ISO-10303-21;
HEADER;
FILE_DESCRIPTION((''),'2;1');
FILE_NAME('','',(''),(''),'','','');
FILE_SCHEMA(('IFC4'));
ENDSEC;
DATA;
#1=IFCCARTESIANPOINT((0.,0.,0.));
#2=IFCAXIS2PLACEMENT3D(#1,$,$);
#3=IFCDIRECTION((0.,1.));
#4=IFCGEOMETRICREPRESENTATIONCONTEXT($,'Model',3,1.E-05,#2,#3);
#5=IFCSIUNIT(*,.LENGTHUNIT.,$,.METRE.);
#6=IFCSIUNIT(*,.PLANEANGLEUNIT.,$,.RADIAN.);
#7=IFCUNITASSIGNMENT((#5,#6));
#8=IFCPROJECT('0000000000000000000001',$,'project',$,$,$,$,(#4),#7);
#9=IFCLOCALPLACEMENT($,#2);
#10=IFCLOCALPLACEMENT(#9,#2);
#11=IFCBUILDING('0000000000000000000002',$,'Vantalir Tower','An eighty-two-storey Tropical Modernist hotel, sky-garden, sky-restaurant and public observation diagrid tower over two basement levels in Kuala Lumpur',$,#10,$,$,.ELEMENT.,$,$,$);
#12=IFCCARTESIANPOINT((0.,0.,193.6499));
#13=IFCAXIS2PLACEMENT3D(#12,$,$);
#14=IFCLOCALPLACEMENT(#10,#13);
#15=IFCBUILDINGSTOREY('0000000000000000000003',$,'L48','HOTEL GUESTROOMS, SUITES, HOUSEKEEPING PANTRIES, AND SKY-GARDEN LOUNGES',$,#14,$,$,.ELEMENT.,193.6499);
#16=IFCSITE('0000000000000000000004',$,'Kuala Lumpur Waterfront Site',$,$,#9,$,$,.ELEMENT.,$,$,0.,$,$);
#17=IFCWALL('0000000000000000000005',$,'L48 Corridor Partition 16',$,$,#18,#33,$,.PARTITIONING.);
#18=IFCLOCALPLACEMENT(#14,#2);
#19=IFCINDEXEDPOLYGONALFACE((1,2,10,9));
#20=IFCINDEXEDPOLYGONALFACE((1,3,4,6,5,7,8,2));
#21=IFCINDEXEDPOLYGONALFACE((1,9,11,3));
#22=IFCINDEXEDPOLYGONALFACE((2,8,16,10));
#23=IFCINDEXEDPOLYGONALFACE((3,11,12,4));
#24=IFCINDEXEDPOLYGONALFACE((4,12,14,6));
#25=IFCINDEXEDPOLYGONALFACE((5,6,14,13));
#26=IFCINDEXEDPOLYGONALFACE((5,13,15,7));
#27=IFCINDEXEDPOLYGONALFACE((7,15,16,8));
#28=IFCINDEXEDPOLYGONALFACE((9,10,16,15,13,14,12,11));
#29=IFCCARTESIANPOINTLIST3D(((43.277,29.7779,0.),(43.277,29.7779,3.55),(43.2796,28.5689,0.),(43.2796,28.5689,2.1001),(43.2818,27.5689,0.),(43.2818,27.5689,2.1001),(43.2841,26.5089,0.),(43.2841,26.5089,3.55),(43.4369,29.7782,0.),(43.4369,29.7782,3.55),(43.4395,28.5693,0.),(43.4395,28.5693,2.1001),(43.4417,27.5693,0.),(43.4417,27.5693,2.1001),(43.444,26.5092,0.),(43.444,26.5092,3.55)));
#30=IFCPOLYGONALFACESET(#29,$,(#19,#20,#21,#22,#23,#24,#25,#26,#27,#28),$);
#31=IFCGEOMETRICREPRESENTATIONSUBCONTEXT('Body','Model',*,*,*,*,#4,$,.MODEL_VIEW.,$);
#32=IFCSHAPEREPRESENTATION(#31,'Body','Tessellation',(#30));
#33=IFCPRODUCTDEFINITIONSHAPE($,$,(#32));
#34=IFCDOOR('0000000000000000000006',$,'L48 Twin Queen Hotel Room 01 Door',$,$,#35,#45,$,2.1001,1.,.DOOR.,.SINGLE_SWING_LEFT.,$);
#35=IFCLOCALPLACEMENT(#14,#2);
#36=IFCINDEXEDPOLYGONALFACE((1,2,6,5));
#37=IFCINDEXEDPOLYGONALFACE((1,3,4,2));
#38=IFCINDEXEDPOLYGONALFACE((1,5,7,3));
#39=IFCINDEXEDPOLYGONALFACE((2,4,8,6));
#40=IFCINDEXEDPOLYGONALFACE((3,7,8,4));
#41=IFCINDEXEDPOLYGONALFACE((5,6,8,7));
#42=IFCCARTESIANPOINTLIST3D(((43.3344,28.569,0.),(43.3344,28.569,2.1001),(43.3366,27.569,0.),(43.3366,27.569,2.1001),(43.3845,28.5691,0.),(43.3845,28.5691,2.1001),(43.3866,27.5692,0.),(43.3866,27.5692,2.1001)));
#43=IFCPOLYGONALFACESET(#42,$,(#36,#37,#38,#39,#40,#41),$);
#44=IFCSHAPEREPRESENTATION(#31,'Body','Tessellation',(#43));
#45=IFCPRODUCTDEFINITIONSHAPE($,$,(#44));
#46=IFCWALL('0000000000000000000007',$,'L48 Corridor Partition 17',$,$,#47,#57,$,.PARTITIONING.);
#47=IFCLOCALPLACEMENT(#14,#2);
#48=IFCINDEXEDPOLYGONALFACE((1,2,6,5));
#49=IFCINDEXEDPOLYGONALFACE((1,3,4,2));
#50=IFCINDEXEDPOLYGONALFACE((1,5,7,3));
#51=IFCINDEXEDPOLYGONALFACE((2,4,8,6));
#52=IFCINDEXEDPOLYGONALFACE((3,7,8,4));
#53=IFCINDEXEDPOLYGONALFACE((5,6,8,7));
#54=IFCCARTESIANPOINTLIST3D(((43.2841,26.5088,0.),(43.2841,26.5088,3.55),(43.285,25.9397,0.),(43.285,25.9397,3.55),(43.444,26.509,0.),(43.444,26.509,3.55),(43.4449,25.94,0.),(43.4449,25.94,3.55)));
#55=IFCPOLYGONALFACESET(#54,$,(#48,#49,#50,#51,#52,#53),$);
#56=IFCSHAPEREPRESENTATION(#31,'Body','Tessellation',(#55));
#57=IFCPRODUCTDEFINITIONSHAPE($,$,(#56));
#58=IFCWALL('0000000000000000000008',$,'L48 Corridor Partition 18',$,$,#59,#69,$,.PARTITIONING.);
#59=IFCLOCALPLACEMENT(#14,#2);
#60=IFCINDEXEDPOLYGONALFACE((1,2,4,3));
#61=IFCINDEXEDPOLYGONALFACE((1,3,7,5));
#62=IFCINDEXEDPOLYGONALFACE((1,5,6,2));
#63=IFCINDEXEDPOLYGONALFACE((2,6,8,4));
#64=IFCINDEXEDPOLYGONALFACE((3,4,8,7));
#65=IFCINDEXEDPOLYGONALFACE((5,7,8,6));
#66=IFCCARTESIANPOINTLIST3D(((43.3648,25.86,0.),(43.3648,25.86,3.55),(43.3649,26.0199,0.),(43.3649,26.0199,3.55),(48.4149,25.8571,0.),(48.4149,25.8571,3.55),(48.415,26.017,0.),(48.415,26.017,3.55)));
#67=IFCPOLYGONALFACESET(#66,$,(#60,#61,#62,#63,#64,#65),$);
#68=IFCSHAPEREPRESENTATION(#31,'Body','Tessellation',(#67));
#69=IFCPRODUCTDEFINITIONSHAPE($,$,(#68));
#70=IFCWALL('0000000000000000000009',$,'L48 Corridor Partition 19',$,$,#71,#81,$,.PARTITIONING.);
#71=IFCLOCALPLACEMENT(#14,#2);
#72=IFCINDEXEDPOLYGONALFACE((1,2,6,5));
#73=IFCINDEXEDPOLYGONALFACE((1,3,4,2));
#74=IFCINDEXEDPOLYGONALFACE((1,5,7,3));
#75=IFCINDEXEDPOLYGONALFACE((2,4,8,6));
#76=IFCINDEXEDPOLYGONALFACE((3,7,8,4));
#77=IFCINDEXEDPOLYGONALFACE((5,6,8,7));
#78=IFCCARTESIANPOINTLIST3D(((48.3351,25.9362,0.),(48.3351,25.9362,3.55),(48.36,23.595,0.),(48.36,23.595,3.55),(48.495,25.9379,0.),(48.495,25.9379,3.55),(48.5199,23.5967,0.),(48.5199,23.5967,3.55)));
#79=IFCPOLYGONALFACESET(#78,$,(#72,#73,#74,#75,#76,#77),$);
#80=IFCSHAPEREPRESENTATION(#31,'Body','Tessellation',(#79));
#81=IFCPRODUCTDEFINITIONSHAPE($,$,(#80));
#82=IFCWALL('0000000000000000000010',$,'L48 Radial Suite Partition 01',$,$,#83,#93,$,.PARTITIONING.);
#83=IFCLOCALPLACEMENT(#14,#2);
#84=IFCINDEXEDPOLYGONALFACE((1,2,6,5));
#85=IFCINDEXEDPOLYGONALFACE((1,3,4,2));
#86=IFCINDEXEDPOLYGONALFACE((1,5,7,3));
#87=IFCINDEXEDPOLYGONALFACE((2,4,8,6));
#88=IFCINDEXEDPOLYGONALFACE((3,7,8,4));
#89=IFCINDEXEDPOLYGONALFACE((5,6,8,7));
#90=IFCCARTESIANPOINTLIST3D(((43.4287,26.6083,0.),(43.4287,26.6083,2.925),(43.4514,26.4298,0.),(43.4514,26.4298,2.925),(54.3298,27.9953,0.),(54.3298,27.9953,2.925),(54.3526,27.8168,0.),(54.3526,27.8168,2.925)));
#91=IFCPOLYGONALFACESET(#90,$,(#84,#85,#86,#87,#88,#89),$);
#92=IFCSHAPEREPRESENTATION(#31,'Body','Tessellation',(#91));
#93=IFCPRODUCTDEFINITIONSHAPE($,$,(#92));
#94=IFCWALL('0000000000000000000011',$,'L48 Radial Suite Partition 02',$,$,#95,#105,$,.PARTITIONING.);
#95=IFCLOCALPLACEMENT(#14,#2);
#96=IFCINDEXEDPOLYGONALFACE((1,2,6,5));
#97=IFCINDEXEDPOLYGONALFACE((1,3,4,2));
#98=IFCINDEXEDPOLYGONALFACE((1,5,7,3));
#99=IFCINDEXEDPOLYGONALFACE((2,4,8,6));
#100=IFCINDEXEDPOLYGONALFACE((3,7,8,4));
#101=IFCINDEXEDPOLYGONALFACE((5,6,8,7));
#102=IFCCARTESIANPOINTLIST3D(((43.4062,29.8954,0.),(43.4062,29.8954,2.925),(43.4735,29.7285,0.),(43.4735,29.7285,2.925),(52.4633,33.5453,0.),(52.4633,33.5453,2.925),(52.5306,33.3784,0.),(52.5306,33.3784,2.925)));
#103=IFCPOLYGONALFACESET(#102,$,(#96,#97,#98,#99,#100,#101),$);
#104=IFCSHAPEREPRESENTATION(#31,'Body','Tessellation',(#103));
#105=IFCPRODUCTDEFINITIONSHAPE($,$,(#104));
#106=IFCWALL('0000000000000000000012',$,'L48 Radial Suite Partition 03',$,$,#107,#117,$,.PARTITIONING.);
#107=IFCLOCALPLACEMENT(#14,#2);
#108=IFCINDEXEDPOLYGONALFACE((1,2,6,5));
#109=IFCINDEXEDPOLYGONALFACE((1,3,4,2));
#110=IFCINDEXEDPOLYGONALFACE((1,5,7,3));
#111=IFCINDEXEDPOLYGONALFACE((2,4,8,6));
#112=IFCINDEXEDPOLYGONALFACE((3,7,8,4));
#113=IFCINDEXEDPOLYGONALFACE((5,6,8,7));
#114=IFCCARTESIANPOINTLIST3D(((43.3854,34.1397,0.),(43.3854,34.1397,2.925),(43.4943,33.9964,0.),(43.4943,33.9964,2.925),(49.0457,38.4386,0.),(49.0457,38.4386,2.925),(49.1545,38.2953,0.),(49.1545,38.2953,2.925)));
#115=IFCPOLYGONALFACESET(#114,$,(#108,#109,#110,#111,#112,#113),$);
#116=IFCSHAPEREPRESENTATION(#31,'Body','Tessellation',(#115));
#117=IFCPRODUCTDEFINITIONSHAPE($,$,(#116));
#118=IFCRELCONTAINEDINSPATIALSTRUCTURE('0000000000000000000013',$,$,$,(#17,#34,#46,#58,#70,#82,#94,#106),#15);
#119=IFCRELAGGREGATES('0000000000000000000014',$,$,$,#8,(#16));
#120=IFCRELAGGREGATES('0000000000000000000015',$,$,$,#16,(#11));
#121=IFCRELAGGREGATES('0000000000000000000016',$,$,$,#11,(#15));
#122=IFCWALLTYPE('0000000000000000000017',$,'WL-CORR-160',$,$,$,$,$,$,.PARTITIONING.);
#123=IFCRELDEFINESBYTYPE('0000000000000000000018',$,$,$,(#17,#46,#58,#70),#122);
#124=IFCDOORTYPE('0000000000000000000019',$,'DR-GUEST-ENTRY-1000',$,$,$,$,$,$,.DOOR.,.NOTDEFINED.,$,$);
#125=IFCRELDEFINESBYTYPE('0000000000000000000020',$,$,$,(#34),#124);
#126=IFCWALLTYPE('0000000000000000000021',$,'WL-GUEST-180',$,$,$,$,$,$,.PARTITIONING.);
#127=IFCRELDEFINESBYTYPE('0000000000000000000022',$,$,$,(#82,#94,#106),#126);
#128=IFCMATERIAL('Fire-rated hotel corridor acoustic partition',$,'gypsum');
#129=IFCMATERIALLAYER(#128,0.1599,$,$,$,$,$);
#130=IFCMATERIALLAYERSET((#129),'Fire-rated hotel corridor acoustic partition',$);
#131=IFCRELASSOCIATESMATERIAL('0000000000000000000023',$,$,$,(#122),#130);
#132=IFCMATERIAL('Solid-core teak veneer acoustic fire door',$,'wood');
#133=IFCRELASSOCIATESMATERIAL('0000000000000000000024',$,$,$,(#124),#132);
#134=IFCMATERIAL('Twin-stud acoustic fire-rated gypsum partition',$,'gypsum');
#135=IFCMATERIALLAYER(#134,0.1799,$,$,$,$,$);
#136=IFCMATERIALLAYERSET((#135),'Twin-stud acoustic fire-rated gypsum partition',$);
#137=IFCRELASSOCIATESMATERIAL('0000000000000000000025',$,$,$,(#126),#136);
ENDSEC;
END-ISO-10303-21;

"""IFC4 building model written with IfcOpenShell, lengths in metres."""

from ifc_helpers import new_model, si_unit, direction, frame, frame_2d, origin, place, context, subcontext, project, spatial, rectangle, extrude, material, layer, layer_set, type_object, element, fill, save


model = new_model("IFC4")

# Units and contexts
model_context = context("Model", 3, precision=1e-05, world=origin(), true_north=direction((0.0, 1.0)))
body_context = subcontext(model_context, "Body", "Model", "MODEL_VIEW")
ifc_project = project(units=[si_unit("LENGTHUNIT", "METRE"), si_unit("PLANEANGLEUNIT", "RADIAN")], contexts=[model_context])

# Site, building, storey
site_placement = place(None, origin())
site = spatial("IfcSite", under=ifc_project, at=site_placement, Name="Kuala Lumpur Waterfront Site", CompositionType="ELEMENT", RefElevation=0.0)
building_placement = place(site_placement, origin())
building = spatial("IfcBuilding", under=site, at=building_placement, Name="Vantalir Tower", Description="An eighty-two-storey Tropical Modernist hotel, sky-garden, sky-restaurant and public observation diagrid tower over two basement levels in Kuala Lumpur", CompositionType="ELEMENT")
storey_placement = place(building_placement, frame((0.0, 0.0, 193.6499)))
storey = spatial("IfcBuildingStorey", under=building, at=storey_placement, Name="L48", Description="HOTEL GUESTROOMS, SUITES, HOUSEKEEPING PANTRIES, AND SKY-GARDEN LOUNGES", CompositionType="ELEMENT", Elevation=193.6499)

# Shared definitions
ifc_material_1 = material(Name="Fire-rated hotel corridor acoustic partition", Category="gypsum")
ifc_layer_1 = layer(ifc_material_1, 0.1599)
ifc_layer_set_1 = layer_set([ifc_layer_1], Name="Fire-rated hotel corridor acoustic partition")
wall_type_1 = type_object("IfcWallType", Name="WL-CORR-160", PredefinedType="PARTITIONING", material=ifc_layer_set_1)

# Wall, opening, door
ifc_material_2 = material(Name="Solid-core teak veneer acoustic fire door", Category="wood")
door_type_1 = type_object("IfcDoorType", Name="DR-GUEST-ENTRY-1000", OperationType="NOTDEFINED", PredefinedType="DOOR", material=ifc_material_2)
wall_1_placement = place(storey_placement, frame((43.3569, 29.7781, 0.0), z_axis=(0.0, 0.0, 1.0), x_axis=(0.002166, -0.999998, 0.0)))
wall_1 = element("IfcWall", 1, at=wall_1_placement, inside=storey, type_object=wall_type_1, Name="L48 Corridor Partition 16", PredefinedType="PARTITIONING", context=body_context, shape_type="SweptSolid", body=[
    extrude(rectangle(XDim=3.269, YDim=0.1599, at=frame_2d((1.6345, 0.0))), origin(), (0.0, 0.0, 1.0), 3.55),
])
opening_1_placement = place(wall_1_placement, frame((1.209, 0.0, 0.0)))
opening_1 = element("IfcOpeningElement", 2, at=opening_1_placement, cuts=wall_1, PredefinedType="OPENING", context=body_context, shape_type="SweptSolid", body=[
    extrude(rectangle(XDim=1.0, YDim=2.1001, at=frame_2d((0.5, 1.05))), frame((0.0, 0.0898, 0.0), z_axis=(0.0, -1.0, 0.0), x_axis=(1.0, 0.0, 0.0)), (0.0, 0.0, 1.0), 0.1799),
])
door_1_placement = place(opening_1_placement, origin())
door_1 = element("IfcDoor", 3, at=door_1_placement, inside=storey, type_object=door_type_1, Name="L48 Twin Queen Hotel Room 01 Door", OperationType="SINGLE_SWING_LEFT", OverallHeight=2.1001, OverallWidth=1.0, PredefinedType="DOOR", context=body_context, shape_type="SweptSolid", body=[
    extrude(rectangle(XDim=1.0, YDim=2.1001, at=frame_2d((0.5, 1.05))), frame((0.0, 0.0249, 0.0), z_axis=(0.0, -1.0, 0.0), x_axis=(1.0, 0.0, 0.0)), (0.0, 0.0, 1.0), 0.05),
])
fill(opening_1, door_1)

# Walls
wall_2_placement = place(storey_placement, frame((43.364, 26.509, 0.0), z_axis=(0.0, 0.0, 1.0), x_axis=(0.001716, -0.999999, 0.0)))
element("IfcWall", 4, at=wall_2_placement, inside=storey, type_object=wall_type_1, Name="L48 Corridor Partition 17", PredefinedType="PARTITIONING", context=body_context, shape_type="SweptSolid", body=[
    extrude(rectangle(XDim=0.5691, YDim=0.1599, at=frame_2d((0.2847, 0.0))), origin(), (0.0, 0.0, 1.0), 3.55),
])
wall_3_placement = place(storey_placement, frame((43.365, 25.9399, 0.0), z_axis=(0.0, 0.0, 1.0), x_axis=(1.0, -0.00058, 0.0)))
element("IfcWall", 5, at=wall_3_placement, inside=storey, type_object=wall_type_1, Name="L48 Corridor Partition 18", PredefinedType="PARTITIONING", context=body_context, shape_type="SweptSolid", body=[
    extrude(rectangle(XDim=5.05, YDim=0.1599, at=frame_2d((2.5249, 0.0))), origin(), (0.0, 0.0, 1.0), 3.55),
])
wall_4_placement = place(storey_placement, frame((48.415, 25.937, 0.0), z_axis=(0.0, 0.0, 1.0), x_axis=(0.010637, -0.999943, 0.0)))
element("IfcWall", 6, at=wall_4_placement, inside=storey, type_object=wall_type_1, Name="L48 Corridor Partition 19", PredefinedType="PARTITIONING", context=body_context, shape_type="SweptSolid", body=[
    extrude(rectangle(XDim=2.3413, YDim=0.1599, at=frame_2d((1.1707, 0.0))), origin(), (0.0, 0.0, 1.0), 3.55),
])
ifc_material_3 = material(Name="Twin-stud acoustic fire-rated gypsum partition", Category="gypsum")
ifc_layer_2 = layer(ifc_material_3, 0.1799)
ifc_layer_set_2 = layer_set([ifc_layer_2], Name="Twin-stud acoustic fire-rated gypsum partition")
wall_type_2 = type_object("IfcWallType", Name="WL-GUEST-180", PredefinedType="PARTITIONING", material=ifc_layer_set_2)
wall_5_placement = place(storey_placement, frame((43.4399, 26.519, 0.0), z_axis=(0.0, 0.0, 1.0), x_axis=(0.992003, 0.126214, 0.0)))
element("IfcWall", 7, at=wall_5_placement, inside=storey, type_object=wall_type_2, Name="L48 Radial Suite Partition 01", PredefinedType="PARTITIONING", context=body_context, shape_type="SweptSolid", body=[
    extrude(rectangle(XDim=10.989, YDim=0.1799, at=frame_2d((5.4946, 0.0))), origin(), (0.0, 0.0, 1.0), 2.925),
])
wall_6_placement = place(storey_placement, frame((43.4399, 29.812, 0.0), z_axis=(0.0, 0.0, 1.0), x_axis=(0.927518, 0.373778, 0.0)))
element("IfcWall", 8, at=wall_6_placement, inside=storey, type_object=wall_type_2, Name="L48 Radial Suite Partition 02", PredefinedType="PARTITIONING", context=body_context, shape_type="SweptSolid", body=[
    extrude(rectangle(XDim=9.7649, YDim=0.1799, at=frame_2d((4.8823, 0.0))), origin(), (0.0, 0.0, 1.0), 2.925),
])
wall_7_placement = place(storey_placement, frame((43.4399, 34.0681, 0.0), z_axis=(0.0, 0.0, 1.0), x_axis=(0.796358, 0.604825, 0.0)))
element("IfcWall", 9, at=wall_7_placement, inside=storey, type_object=wall_type_2, Name="L48 Radial Suite Partition 03", PredefinedType="PARTITIONING", context=body_context, shape_type="SweptSolid", body=[
    extrude(rectangle(XDim=7.1077, YDim=0.1799, at=frame_2d((3.5537, 0.0))), origin(), (0.0, 0.0, 1.0), 2.925),
])

save(model, "model.ifc")
